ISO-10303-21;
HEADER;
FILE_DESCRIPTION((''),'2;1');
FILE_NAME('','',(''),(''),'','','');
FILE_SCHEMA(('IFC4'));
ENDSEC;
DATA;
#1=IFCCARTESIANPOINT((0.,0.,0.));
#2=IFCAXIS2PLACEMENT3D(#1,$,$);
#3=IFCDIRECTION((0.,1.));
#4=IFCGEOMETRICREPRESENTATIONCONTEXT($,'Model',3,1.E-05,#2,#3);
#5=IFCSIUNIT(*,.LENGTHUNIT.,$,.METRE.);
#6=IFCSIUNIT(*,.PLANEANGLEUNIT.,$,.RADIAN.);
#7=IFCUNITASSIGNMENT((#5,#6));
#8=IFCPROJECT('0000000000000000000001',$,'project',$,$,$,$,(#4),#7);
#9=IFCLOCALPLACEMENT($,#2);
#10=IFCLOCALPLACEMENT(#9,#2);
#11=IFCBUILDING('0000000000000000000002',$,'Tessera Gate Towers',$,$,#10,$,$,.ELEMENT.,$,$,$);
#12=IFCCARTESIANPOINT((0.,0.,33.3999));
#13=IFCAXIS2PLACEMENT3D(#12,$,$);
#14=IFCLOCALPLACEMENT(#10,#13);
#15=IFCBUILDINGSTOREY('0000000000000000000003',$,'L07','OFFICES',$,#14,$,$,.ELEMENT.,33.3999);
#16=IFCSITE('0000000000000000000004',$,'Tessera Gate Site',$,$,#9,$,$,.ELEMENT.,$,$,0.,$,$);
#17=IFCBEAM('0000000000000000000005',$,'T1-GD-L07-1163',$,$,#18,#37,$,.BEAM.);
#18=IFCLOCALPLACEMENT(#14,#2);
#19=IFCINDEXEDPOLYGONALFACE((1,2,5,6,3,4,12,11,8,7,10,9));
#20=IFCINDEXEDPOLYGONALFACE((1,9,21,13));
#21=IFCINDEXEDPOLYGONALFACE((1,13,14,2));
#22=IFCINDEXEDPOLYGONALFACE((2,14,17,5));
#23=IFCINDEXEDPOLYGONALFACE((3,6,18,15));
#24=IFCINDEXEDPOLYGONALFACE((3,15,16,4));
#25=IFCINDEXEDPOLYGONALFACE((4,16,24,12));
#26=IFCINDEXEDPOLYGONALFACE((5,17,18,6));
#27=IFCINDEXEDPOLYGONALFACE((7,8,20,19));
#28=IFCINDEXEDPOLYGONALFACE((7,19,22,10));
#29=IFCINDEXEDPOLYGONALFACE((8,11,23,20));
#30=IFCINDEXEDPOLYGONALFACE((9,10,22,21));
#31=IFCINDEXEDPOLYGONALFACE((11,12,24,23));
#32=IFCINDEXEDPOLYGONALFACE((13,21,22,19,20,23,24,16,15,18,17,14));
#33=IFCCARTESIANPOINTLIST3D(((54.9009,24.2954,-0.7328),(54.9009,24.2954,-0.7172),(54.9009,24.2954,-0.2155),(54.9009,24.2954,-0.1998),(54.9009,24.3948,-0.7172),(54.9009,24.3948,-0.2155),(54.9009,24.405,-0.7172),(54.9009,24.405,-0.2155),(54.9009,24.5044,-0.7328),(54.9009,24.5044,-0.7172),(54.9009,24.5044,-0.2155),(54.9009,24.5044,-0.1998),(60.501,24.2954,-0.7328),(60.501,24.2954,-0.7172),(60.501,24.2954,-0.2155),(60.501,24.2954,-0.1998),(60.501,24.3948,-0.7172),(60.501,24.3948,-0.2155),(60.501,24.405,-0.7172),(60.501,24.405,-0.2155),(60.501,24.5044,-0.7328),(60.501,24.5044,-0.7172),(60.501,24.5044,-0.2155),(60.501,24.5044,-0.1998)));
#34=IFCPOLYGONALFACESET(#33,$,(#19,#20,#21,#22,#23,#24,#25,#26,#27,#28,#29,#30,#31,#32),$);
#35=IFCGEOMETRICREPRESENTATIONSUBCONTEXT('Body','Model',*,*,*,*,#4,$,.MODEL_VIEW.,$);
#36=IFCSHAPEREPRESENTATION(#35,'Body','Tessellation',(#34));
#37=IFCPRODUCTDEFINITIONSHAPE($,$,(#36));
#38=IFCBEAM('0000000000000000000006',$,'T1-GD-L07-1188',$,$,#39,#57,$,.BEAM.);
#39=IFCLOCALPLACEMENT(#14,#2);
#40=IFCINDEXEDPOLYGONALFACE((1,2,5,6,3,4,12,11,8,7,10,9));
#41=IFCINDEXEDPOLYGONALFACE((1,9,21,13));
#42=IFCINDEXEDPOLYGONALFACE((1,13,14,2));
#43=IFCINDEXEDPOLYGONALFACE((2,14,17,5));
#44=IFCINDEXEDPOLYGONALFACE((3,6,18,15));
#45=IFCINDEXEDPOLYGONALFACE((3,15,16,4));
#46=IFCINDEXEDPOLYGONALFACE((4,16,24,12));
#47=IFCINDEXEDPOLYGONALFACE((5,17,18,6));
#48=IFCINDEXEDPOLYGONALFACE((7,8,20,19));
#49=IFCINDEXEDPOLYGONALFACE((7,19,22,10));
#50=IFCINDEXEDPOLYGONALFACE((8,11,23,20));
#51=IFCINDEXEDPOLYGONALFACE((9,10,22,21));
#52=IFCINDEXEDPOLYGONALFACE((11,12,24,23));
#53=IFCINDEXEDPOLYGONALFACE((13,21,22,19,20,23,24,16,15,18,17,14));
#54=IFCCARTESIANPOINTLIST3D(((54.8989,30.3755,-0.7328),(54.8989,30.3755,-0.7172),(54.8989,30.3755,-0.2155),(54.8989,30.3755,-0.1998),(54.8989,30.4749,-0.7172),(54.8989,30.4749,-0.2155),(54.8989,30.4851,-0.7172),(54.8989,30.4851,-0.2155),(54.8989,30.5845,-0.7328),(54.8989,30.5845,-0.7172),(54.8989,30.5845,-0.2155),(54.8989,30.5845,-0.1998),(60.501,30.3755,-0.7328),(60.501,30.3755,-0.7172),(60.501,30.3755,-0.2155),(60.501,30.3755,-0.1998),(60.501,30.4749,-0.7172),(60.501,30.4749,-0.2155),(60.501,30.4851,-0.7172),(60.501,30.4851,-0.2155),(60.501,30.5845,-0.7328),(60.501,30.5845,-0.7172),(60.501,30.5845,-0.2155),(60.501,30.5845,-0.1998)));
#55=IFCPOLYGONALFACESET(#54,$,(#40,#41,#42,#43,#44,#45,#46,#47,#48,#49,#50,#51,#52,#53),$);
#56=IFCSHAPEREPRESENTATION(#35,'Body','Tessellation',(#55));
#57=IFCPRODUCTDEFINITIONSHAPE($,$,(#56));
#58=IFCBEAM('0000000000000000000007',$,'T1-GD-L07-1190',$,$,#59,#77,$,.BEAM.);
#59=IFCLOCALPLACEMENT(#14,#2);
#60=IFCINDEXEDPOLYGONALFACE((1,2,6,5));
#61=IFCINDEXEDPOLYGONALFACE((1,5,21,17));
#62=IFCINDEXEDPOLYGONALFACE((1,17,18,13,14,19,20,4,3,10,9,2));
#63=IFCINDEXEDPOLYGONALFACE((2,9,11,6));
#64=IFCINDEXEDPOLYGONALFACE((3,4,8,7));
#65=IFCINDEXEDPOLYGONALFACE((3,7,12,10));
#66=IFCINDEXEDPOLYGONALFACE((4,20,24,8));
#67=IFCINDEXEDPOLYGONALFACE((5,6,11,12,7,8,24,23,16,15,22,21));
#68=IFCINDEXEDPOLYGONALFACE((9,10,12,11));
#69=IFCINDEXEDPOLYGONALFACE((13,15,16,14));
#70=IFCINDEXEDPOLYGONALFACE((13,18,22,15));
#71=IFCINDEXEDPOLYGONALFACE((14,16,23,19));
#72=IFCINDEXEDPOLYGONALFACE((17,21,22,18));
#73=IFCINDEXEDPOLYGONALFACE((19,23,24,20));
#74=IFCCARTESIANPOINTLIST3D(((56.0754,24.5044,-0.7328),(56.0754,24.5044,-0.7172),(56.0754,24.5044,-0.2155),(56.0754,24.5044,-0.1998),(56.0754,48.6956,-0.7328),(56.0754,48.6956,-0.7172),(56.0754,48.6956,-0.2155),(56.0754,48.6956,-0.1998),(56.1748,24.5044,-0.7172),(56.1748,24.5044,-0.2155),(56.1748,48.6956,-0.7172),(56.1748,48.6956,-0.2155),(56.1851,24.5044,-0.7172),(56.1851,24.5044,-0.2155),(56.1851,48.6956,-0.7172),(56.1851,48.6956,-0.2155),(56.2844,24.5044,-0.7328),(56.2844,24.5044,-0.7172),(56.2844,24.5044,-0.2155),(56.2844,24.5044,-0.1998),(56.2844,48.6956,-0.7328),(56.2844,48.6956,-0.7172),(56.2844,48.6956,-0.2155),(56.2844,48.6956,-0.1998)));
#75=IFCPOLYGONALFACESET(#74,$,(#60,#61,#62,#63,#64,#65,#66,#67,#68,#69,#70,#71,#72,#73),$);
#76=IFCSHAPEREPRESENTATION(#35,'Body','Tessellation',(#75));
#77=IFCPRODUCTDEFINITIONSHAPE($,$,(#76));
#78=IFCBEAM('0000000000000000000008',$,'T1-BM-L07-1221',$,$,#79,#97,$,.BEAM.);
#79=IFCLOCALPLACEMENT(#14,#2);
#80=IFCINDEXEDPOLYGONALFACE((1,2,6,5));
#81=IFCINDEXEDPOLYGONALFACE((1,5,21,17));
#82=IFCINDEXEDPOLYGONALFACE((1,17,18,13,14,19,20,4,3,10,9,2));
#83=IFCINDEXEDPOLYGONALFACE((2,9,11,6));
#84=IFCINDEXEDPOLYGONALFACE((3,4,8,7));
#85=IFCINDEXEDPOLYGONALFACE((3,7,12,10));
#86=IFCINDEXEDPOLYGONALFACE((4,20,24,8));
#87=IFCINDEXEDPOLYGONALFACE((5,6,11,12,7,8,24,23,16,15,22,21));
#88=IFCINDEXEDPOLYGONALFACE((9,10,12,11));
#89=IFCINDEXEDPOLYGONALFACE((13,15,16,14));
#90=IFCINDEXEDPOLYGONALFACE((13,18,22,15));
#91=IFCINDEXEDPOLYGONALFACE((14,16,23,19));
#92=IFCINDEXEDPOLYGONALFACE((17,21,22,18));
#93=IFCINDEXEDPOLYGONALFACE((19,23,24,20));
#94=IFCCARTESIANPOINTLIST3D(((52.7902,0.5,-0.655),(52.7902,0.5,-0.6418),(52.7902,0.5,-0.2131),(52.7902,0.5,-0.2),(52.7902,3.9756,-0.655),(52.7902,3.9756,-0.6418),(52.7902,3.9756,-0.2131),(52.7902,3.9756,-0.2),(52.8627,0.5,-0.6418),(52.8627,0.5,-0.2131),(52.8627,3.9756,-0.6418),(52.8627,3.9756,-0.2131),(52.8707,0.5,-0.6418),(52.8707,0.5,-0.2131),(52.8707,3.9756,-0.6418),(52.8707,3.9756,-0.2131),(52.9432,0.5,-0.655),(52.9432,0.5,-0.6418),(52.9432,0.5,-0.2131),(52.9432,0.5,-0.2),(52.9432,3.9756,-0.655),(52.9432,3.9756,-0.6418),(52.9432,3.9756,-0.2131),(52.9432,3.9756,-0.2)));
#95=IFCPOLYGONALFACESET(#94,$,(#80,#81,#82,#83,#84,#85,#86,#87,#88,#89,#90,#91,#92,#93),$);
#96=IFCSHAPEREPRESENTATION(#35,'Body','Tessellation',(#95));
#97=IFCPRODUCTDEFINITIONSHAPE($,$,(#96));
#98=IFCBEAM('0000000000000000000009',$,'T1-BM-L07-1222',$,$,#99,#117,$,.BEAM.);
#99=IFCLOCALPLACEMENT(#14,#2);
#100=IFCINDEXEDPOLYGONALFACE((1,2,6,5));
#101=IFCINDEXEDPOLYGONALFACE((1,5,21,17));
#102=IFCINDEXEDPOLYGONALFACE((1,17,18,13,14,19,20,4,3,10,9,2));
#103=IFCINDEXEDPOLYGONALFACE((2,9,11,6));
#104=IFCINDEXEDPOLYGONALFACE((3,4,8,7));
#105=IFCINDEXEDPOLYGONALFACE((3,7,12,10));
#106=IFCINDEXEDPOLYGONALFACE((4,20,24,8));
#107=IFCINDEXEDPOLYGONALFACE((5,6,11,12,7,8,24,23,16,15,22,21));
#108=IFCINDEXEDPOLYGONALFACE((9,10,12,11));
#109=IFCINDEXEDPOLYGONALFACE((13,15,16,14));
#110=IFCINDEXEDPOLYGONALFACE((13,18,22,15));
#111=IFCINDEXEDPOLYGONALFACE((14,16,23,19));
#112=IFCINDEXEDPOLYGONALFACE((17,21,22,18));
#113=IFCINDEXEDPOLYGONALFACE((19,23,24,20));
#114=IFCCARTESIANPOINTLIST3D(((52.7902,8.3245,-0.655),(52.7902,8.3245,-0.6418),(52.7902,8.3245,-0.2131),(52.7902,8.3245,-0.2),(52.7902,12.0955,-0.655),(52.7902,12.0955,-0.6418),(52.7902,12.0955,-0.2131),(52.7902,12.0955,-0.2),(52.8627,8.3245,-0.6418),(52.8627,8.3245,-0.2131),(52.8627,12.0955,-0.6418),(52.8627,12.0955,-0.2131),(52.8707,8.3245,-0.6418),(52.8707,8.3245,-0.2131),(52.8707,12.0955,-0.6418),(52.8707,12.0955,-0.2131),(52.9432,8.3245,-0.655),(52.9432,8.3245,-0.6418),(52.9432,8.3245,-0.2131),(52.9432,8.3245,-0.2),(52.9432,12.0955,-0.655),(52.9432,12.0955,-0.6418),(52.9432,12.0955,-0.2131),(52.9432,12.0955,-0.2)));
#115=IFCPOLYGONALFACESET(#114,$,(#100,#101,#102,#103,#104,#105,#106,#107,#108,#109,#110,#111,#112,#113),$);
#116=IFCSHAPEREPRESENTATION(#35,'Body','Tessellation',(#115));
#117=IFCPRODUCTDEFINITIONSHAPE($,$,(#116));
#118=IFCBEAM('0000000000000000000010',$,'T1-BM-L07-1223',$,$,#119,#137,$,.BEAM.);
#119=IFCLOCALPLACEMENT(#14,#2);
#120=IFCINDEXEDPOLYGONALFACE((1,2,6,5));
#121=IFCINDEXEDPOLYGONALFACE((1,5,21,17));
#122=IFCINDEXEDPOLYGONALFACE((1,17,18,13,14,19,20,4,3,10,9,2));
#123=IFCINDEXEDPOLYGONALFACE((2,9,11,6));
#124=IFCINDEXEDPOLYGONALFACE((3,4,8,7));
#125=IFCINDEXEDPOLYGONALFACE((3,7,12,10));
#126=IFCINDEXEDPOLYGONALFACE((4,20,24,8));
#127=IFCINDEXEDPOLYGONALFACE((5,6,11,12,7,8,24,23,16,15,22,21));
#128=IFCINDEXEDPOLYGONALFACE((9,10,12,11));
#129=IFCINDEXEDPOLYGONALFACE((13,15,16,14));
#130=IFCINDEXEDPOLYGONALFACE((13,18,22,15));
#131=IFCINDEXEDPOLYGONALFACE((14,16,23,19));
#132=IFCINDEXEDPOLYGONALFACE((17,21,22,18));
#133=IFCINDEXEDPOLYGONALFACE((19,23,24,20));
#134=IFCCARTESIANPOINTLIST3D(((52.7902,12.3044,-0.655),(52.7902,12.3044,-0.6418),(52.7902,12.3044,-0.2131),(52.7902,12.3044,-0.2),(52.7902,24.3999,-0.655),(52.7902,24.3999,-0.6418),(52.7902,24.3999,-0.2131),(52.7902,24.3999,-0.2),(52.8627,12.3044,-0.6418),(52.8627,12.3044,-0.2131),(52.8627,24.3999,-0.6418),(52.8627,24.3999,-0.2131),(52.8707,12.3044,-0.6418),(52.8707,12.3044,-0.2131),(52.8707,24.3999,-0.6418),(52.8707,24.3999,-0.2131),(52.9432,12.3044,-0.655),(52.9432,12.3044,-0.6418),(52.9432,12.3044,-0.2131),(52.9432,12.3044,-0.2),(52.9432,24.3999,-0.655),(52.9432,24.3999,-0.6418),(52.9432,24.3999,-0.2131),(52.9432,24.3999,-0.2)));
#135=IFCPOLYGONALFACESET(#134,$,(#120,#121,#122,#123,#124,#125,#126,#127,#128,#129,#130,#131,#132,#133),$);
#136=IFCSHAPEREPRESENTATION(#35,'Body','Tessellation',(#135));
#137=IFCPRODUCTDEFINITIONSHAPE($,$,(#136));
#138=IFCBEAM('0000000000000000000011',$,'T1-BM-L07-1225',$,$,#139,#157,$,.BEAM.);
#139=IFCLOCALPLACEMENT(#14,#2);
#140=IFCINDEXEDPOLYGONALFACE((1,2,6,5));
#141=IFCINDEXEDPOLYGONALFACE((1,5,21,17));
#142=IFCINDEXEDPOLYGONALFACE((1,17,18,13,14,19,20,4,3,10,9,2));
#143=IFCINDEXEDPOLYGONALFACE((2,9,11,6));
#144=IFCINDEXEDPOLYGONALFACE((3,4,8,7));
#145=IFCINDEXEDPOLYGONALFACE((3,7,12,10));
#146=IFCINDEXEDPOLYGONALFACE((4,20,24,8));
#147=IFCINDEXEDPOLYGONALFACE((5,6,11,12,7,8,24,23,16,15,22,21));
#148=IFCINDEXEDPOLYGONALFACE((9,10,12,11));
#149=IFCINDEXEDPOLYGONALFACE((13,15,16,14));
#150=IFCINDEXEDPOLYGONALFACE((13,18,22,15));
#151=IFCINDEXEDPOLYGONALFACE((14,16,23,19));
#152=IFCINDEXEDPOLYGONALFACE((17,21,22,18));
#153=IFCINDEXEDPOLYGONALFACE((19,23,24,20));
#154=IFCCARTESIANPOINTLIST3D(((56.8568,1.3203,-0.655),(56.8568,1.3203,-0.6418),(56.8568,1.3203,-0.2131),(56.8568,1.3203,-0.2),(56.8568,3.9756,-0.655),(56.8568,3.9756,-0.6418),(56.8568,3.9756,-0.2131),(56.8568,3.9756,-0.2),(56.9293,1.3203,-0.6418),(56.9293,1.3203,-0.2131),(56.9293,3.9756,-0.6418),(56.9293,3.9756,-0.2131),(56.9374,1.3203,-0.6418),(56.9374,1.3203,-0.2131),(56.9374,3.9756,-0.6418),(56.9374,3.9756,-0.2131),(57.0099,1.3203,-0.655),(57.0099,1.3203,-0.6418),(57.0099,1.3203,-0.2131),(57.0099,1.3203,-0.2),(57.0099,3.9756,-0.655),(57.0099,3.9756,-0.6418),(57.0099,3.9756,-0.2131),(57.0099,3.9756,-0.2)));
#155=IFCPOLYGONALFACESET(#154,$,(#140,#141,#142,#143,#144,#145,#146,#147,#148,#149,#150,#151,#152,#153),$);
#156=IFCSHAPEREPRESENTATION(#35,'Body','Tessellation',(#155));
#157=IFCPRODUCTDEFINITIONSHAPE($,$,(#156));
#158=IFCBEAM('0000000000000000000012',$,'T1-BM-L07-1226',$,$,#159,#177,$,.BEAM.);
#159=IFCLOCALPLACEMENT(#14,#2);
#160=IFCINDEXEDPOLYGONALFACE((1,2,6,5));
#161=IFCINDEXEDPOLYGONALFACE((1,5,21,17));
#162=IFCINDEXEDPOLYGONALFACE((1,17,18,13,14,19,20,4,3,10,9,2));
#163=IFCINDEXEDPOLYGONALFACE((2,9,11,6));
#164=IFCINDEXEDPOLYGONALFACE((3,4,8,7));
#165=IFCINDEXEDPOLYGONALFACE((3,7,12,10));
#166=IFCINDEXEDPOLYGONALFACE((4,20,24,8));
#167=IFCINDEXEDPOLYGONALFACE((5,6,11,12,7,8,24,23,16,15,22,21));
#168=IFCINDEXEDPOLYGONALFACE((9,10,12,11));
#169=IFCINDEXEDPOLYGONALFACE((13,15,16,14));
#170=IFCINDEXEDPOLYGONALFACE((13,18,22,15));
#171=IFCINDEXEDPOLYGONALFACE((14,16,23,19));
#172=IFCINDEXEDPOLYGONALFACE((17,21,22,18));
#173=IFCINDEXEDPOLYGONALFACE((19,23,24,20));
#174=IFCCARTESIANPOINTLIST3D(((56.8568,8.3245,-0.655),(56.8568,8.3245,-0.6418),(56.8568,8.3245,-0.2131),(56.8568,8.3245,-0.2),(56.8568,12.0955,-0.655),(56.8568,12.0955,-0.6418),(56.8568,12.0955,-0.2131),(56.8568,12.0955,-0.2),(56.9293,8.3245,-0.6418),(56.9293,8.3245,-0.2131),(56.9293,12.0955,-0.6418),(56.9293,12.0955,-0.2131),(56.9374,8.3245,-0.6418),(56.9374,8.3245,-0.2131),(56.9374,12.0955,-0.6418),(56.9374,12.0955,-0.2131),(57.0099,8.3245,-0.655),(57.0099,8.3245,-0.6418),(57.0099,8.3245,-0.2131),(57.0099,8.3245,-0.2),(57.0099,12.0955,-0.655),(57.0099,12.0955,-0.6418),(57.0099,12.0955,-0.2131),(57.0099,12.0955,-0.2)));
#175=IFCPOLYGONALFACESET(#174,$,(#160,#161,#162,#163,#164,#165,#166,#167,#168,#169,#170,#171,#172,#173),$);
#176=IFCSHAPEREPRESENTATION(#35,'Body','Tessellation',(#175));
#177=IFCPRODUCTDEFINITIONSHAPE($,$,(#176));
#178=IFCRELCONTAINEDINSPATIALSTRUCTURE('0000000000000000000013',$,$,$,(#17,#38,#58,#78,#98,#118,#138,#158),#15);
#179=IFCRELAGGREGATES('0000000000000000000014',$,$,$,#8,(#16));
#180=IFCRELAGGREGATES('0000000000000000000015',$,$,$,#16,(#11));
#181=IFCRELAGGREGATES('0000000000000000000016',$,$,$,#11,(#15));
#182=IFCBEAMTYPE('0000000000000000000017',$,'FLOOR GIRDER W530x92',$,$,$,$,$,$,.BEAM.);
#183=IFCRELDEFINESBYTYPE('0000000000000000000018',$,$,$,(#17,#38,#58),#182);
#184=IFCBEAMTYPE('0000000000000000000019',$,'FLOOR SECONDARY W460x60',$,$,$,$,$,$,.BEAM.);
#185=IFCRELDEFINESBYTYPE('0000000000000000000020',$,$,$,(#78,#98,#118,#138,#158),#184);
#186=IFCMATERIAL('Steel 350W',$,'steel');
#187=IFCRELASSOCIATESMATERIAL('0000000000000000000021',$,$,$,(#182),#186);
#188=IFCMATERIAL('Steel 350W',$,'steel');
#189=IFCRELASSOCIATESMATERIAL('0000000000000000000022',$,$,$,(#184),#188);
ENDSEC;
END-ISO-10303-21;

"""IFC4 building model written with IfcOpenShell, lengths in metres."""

from ifc_helpers import new_model, si_unit, direction, frame, origin, origin_2d, place, context, subcontext, project, spatial, i_section, extrude, material, material_profile, profile_set, type_object, element, save


model = new_model("IFC4")

# Units and contexts
model_context = context("Model", 3, precision=1e-05, world=origin(), true_north=direction((0.0, 1.0)))
body_context = subcontext(model_context, "Body", "Model", "MODEL_VIEW")
ifc_project = project(units=[si_unit("LENGTHUNIT", "METRE"), si_unit("PLANEANGLEUNIT", "RADIAN")], contexts=[model_context])

# Site, building, storey
site_placement = place(None, origin())
site = spatial("IfcSite", under=ifc_project, at=site_placement, Name="Tessera Gate Site", CompositionType="ELEMENT", RefElevation=0.0)
building_placement = place(site_placement, origin())
building = spatial("IfcBuilding", under=site, at=building_placement, Name="Tessera Gate Towers", CompositionType="ELEMENT")
storey_placement = place(building_placement, frame((0.0, 0.0, 33.3999)))
storey = spatial("IfcBuildingStorey", under=building, at=storey_placement, Name="L07", Description="OFFICES", CompositionType="ELEMENT", Elevation=33.3999)

# Beams
ifc_material_1 = material(Name="Steel 350W", Category="steel")
ifc_material_profile_1 = material_profile(ifc_material_1, i_section(OverallWidth=0.209, OverallDepth=0.533, WebThickness=0.0103, FlangeThickness=0.0156, at=origin_2d()), Name="W530x92")
ifc_profile_set_1 = profile_set([ifc_material_profile_1], Name="Steel 350W")
beam_type_1 = type_object("IfcBeamType", Name="FLOOR GIRDER W530x92", PredefinedType="BEAM", material=ifc_profile_set_1)
beam_1_placement = place(storey_placement, frame((54.9009, 24.3999, -0.4663), z_axis=(1.0, 0.0, 0.0), x_axis=(0.0, 1.0, 0.0)))
element("IfcBeam", 1, at=beam_1_placement, inside=storey, type_object=beam_type_1, Name="T1-GD-L07-1163", PredefinedType="BEAM", context=body_context, shape_type="SweptSolid", body=[
    extrude(i_section(OverallWidth=0.209, OverallDepth=0.533, WebThickness=0.0103, FlangeThickness=0.0156, at=origin_2d()), origin(), (0.0, 0.0, 1.0), 5.6001),
])
beam_2_placement = place(storey_placement, frame((54.8989, 30.48, -0.4663), z_axis=(1.0, 0.0, 0.0), x_axis=(0.0, 1.0, 0.0)))
element("IfcBeam", 2, at=beam_2_placement, inside=storey, type_object=beam_type_1, Name="T1-GD-L07-1188", PredefinedType="BEAM", context=body_context, shape_type="SweptSolid", body=[
    extrude(i_section(OverallWidth=0.209, OverallDepth=0.533, WebThickness=0.0103, FlangeThickness=0.0156, at=origin_2d()), origin(), (0.0, 0.0, 1.0), 5.6021),
])
beam_3_placement = place(storey_placement, frame((56.1799, 24.5044, -0.4663), z_axis=(0.0, 1.0, 0.0), x_axis=(-1.0, 0.0, 0.0)))
element("IfcBeam", 3, at=beam_3_placement, inside=storey, type_object=beam_type_1, Name="T1-GD-L07-1190", PredefinedType="BEAM", context=body_context, shape_type="SweptSolid", body=[
    extrude(i_section(OverallWidth=0.209, OverallDepth=0.533, WebThickness=0.0103, FlangeThickness=0.0156, at=origin_2d()), origin(), (0.0, 0.0, 1.0), 24.1912),
])
ifc_material_2 = material(Name="Steel 350W", Category="steel")
ifc_material_profile_2 = material_profile(ifc_material_2, i_section(OverallWidth=0.1531, OverallDepth=0.4551, WebThickness=0.0081, FlangeThickness=0.0132, at=origin_2d()), Name="W460x60")
ifc_profile_set_2 = profile_set([ifc_material_profile_2], Name="Steel 350W")
beam_type_2 = type_object("IfcBeamType", Name="FLOOR SECONDARY W460x60", PredefinedType="BEAM", material=ifc_profile_set_2)
beam_4_placement = place(storey_placement, frame((52.8667, 0.5, -0.4275), z_axis=(0.0, 1.0, 0.0), x_axis=(-1.0, 0.0, 0.0)))
element("IfcBeam", 4, at=beam_4_placement, inside=storey, type_object=beam_type_2, Name="T1-BM-L07-1221", PredefinedType="BEAM", context=body_context, shape_type="SweptSolid", body=[
    extrude(i_section(OverallWidth=0.1531, OverallDepth=0.4551, WebThickness=0.0081, FlangeThickness=0.0132, at=origin_2d()), origin(), (0.0, 0.0, 1.0), 3.4756),
])
beam_5_placement = place(storey_placement, frame((52.8667, 8.3245, -0.4275), z_axis=(0.0, 1.0, 0.0), x_axis=(-1.0, 0.0, 0.0)))
element("IfcBeam", 5, at=beam_5_placement, inside=storey, type_object=beam_type_2, Name="T1-BM-L07-1222", PredefinedType="BEAM", context=body_context, shape_type="SweptSolid", body=[
    extrude(i_section(OverallWidth=0.1531, OverallDepth=0.4551, WebThickness=0.0081, FlangeThickness=0.0132, at=origin_2d()), origin(), (0.0, 0.0, 1.0), 3.771),
])
beam_6_placement = place(storey_placement, frame((52.8667, 12.3044, -0.4275), z_axis=(0.0, 1.0, 0.0), x_axis=(-1.0, 0.0, 0.0)))
element("IfcBeam", 6, at=beam_6_placement, inside=storey, type_object=beam_type_2, Name="T1-BM-L07-1223", PredefinedType="BEAM", context=body_context, shape_type="SweptSolid", body=[
    extrude(i_section(OverallWidth=0.1531, OverallDepth=0.4551, WebThickness=0.0081, FlangeThickness=0.0132, at=origin_2d()), origin(), (0.0, 0.0, 1.0), 12.0955),
])
beam_7_placement = place(storey_placement, frame((56.9333, 1.3203, -0.4275), z_axis=(0.0, 1.0, 0.0), x_axis=(-1.0, 0.0, 0.0)))
element("IfcBeam", 7, at=beam_7_placement, inside=storey, type_object=beam_type_2, Name="T1-BM-L07-1225", PredefinedType="BEAM", context=body_context, shape_type="SweptSolid", body=[
    extrude(i_section(OverallWidth=0.1531, OverallDepth=0.4551, WebThickness=0.0081, FlangeThickness=0.0132, at=origin_2d()), origin(), (0.0, 0.0, 1.0), 2.6553),
])
beam_8_placement = place(storey_placement, frame((56.9333, 8.3245, -0.4275), z_axis=(0.0, 1.0, 0.0), x_axis=(-1.0, 0.0, 0.0)))
element("IfcBeam", 8, at=beam_8_placement, inside=storey, type_object=beam_type_2, Name="T1-BM-L07-1226", PredefinedType="BEAM", context=body_context, shape_type="SweptSolid", body=[
    extrude(i_section(OverallWidth=0.1531, OverallDepth=0.4551, WebThickness=0.0081, FlangeThickness=0.0132, at=origin_2d()), origin(), (0.0, 0.0, 1.0), 3.771),
])

save(model, "model.ifc")
